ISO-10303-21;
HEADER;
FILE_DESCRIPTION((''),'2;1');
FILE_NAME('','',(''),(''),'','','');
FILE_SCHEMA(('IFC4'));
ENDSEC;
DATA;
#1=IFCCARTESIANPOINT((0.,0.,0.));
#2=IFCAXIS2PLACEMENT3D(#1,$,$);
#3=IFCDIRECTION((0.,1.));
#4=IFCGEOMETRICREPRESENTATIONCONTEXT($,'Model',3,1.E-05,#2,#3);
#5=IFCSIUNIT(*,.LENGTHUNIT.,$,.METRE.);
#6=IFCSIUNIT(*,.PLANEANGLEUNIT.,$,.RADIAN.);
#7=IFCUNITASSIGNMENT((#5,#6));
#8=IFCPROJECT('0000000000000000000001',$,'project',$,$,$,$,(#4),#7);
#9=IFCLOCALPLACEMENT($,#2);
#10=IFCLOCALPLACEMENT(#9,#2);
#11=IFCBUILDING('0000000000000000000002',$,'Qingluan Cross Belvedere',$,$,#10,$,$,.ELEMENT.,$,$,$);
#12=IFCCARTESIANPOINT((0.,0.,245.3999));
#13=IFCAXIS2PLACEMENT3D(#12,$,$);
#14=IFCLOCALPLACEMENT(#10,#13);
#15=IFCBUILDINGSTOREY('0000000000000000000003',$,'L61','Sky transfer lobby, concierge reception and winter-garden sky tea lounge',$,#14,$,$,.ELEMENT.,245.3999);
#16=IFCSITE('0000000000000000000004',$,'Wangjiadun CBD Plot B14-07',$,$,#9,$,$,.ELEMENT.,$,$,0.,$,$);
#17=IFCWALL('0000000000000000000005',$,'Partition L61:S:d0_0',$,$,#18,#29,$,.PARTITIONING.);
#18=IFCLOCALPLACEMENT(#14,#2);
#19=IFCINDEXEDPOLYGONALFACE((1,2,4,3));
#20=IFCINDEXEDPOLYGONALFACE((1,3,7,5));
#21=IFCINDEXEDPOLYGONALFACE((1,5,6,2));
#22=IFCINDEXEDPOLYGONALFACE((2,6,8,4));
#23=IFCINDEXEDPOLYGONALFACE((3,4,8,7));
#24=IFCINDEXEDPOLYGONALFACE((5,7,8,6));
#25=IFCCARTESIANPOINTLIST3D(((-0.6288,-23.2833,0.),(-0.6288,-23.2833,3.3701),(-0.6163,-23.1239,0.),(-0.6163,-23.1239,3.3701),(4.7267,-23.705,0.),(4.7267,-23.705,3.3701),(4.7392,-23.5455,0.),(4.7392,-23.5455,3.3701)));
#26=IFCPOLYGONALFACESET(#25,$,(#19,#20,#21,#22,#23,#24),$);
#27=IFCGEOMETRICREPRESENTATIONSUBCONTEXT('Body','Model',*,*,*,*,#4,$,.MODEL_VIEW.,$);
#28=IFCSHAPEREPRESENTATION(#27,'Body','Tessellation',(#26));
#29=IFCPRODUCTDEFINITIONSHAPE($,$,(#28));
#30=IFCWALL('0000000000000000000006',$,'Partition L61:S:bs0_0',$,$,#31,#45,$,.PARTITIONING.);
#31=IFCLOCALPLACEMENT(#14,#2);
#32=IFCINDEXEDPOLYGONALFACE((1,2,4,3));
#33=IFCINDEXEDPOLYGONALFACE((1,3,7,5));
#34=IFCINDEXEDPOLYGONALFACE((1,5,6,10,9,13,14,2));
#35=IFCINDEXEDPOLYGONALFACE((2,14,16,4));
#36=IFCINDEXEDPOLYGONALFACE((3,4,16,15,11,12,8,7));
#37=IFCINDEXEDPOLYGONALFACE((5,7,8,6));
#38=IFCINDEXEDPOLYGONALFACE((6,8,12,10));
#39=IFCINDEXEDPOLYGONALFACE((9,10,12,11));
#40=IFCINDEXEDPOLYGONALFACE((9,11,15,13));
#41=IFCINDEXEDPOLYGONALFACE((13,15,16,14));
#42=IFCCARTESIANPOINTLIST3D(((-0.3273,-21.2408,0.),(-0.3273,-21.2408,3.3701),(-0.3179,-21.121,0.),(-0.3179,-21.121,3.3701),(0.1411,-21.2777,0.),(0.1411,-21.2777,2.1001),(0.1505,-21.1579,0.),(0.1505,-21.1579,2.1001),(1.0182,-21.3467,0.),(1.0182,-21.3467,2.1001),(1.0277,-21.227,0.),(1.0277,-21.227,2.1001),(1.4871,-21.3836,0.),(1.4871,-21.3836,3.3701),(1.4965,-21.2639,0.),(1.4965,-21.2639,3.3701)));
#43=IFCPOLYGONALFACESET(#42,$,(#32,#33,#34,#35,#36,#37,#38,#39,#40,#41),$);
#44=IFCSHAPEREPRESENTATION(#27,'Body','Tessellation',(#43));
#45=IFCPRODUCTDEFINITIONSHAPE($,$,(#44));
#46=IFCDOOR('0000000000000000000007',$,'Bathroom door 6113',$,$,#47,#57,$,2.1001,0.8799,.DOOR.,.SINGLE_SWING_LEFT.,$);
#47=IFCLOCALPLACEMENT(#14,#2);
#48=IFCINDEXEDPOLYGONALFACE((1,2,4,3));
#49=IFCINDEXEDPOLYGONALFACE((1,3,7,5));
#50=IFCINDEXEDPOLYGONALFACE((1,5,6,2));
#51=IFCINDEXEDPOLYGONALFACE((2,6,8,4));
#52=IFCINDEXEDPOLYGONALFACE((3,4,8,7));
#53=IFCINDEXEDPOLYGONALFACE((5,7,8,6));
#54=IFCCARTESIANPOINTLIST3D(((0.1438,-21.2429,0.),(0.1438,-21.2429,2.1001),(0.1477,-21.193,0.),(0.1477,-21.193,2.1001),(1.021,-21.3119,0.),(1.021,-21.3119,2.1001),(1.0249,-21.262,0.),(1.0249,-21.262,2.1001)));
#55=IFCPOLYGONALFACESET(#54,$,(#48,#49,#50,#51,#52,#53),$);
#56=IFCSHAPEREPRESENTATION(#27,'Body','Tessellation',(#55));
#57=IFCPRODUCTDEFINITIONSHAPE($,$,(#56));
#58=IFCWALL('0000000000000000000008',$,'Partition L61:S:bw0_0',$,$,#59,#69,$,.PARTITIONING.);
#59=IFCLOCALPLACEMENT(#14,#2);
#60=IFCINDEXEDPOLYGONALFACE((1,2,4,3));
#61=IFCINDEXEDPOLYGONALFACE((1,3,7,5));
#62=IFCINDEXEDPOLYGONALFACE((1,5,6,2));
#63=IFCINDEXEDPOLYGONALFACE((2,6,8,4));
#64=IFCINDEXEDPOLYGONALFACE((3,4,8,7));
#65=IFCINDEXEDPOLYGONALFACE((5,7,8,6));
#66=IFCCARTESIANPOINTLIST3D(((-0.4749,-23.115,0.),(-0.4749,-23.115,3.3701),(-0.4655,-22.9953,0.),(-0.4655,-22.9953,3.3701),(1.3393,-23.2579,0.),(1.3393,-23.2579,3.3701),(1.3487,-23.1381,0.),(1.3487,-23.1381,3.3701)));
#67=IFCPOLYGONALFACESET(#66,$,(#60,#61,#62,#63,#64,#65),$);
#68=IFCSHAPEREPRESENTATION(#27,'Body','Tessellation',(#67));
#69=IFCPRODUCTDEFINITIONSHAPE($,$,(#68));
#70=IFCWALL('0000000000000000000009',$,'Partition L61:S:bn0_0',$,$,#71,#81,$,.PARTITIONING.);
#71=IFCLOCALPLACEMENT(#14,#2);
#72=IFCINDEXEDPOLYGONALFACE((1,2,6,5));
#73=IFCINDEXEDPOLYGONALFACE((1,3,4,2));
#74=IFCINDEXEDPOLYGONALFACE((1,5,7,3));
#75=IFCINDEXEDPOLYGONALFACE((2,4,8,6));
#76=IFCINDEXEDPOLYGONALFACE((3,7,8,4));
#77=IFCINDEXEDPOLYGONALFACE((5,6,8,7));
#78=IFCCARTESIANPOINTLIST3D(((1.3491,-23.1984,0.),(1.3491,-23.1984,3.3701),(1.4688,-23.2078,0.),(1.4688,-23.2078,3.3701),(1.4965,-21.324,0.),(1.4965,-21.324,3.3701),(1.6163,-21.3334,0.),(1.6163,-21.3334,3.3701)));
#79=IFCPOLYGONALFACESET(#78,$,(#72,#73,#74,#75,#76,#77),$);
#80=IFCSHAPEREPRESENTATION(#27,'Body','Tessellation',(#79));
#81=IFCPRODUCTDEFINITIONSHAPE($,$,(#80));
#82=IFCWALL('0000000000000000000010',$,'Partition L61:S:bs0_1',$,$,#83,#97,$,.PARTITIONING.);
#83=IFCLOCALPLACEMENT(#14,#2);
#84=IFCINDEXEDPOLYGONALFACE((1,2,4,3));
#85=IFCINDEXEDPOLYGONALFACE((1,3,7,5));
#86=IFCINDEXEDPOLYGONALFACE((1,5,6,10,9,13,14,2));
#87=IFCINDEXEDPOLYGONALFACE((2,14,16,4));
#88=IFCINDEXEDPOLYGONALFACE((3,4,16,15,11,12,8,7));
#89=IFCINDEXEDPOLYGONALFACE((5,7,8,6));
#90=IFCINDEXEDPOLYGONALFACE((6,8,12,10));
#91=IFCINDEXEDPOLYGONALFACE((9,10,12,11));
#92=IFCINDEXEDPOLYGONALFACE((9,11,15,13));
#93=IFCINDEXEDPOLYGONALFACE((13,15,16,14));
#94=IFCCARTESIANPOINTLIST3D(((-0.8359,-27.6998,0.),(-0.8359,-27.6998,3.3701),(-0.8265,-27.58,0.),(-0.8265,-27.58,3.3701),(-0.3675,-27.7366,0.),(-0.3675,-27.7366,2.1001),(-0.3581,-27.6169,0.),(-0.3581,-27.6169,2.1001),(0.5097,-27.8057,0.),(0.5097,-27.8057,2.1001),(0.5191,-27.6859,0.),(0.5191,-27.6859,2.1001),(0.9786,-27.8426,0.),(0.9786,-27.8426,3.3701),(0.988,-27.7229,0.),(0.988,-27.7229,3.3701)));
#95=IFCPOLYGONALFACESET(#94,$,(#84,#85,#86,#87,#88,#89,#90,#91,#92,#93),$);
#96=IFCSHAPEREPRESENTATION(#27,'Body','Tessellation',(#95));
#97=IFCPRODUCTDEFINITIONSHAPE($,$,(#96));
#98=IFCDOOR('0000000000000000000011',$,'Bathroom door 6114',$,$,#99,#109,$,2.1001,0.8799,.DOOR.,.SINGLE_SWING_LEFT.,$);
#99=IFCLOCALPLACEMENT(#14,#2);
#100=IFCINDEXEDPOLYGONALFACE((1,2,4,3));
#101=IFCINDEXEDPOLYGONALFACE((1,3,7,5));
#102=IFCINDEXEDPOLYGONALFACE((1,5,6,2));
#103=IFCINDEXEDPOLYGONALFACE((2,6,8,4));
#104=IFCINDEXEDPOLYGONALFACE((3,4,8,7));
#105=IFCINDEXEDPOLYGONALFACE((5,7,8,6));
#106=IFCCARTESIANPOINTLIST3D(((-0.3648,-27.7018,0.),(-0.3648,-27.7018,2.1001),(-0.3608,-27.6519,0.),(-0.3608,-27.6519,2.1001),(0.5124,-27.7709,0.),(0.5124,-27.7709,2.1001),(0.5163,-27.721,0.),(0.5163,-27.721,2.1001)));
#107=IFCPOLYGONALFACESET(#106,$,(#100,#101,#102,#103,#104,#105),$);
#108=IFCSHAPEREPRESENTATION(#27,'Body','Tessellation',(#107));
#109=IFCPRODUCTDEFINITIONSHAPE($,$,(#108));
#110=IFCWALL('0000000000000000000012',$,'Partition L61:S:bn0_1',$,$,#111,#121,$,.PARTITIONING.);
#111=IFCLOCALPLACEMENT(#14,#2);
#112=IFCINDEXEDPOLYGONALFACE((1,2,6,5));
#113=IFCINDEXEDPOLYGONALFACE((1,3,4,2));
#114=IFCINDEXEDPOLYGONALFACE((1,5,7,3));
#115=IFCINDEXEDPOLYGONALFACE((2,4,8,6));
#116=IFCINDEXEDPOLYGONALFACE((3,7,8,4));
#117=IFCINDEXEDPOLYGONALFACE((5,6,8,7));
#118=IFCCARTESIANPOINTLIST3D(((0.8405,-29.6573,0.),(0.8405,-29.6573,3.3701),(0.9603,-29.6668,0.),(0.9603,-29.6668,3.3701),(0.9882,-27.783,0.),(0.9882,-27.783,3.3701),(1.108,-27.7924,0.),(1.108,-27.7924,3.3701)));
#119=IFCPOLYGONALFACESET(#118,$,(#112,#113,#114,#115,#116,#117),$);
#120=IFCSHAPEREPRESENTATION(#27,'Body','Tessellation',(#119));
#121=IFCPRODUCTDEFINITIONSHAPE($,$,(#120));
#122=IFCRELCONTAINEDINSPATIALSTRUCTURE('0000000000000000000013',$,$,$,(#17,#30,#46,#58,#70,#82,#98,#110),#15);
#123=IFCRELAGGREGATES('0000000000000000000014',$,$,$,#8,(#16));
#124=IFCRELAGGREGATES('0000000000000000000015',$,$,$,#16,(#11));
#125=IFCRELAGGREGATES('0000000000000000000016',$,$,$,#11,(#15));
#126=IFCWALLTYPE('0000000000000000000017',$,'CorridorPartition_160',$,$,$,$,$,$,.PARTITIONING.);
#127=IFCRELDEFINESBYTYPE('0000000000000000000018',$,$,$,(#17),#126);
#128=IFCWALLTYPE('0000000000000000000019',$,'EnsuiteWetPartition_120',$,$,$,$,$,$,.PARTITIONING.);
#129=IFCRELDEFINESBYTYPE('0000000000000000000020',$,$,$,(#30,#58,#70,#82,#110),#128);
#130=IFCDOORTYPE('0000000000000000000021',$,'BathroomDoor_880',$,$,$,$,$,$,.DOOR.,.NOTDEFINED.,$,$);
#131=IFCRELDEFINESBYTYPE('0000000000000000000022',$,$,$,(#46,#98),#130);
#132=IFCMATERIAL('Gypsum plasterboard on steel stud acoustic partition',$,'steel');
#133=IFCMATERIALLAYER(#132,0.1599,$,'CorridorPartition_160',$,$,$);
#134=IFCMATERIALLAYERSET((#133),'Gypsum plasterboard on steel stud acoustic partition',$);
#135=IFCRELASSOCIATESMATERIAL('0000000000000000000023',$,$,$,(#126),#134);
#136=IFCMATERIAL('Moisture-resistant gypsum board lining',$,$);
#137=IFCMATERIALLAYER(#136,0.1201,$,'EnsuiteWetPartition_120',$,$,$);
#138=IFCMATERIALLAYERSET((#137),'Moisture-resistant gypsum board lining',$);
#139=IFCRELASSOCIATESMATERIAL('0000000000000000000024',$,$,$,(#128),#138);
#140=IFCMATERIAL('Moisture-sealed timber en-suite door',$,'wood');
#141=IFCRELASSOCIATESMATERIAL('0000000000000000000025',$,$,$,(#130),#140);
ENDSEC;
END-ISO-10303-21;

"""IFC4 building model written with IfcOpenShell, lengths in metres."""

from ifc_helpers import new_model, si_unit, direction, frame, frame_2d, origin, place, context, subcontext, project, spatial, rectangle, extrude, material, layer, layer_set, type_object, element, fill, save


model = new_model("IFC4")

# Units and contexts
model_context = context("Model", 3, precision=1e-05, world=origin(), true_north=direction((0.0, 1.0)))
body_context = subcontext(model_context, "Body", "Model", "MODEL_VIEW")
ifc_project = project(units=[si_unit("LENGTHUNIT", "METRE"), si_unit("PLANEANGLEUNIT", "RADIAN")], contexts=[model_context])

# Site, building, storey
site_placement = place(None, origin())
site = spatial("IfcSite", under=ifc_project, at=site_placement, Name="Wangjiadun CBD Plot B14-07", CompositionType="ELEMENT", RefElevation=0.0)
building_placement = place(site_placement, origin())
building = spatial("IfcBuilding", under=site, at=building_placement, Name="Qingluan Cross Belvedere", CompositionType="ELEMENT")
storey_placement = place(building_placement, frame((0.0, 0.0, 245.3999)))
storey = spatial("IfcBuildingStorey", under=building, at=storey_placement, Name="L61", Description="Sky transfer lobby, concierge reception and winter-garden sky tea lounge", CompositionType="ELEMENT", Elevation=245.3999)

# Wall
ifc_material_1 = material(Name="Gypsum plasterboard on steel stud acoustic partition", Category="steel")
ifc_layer_1 = layer(ifc_material_1, 0.1599, Name="CorridorPartition_160")
ifc_layer_set_1 = layer_set([ifc_layer_1], Name="Gypsum plasterboard on steel stud acoustic partition")
wall_type_1 = type_object("IfcWallType", Name="CorridorPartition_160", PredefinedType="PARTITIONING", material=ifc_layer_set_1)
wall_1_placement = place(storey_placement, frame((-0.6226, -23.2036, 0.0), z_axis=(0.0, 0.0, 1.0), x_axis=(0.996915, -0.078486, 0.0)))
element("IfcWall", 1, at=wall_1_placement, inside=storey, type_object=wall_type_1, Name="Partition L61:S:d0_0", PredefinedType="PARTITIONING", context=body_context, shape_type="SweptSolid", body=[
    extrude(rectangle(XDim=5.3721, YDim=0.1599, at=frame_2d((2.686, 0.0))), origin(), (0.0, 0.0, 1.0), 3.3701),
])

# Wall, opening, door
ifc_material_2 = material(Name="Moisture-resistant gypsum board lining")
ifc_layer_2 = layer(ifc_material_2, 0.1201, Name="EnsuiteWetPartition_120")
ifc_layer_set_2 = layer_set([ifc_layer_2], Name="Moisture-resistant gypsum board lining")
wall_type_2 = type_object("IfcWallType", Name="EnsuiteWetPartition_120", PredefinedType="PARTITIONING", material=ifc_layer_set_2)
wall_2_placement = place(storey_placement, frame((-0.3228, -21.1809, 0.0), z_axis=(0.0, 0.0, 1.0), x_axis=(0.996916, -0.078471, 0.0)))
wall_2 = element("IfcWall", 2, at=wall_2_placement, inside=storey, type_object=wall_type_2, Name="Partition L61:S:bs0_0", PredefinedType="PARTITIONING", context=body_context, shape_type="SweptSolid", body=[
    extrude(rectangle(XDim=1.8201, YDim=0.1201, at=frame_2d((0.9102, 0.0))), origin(), (0.0, 0.0, 1.0), 3.3701),
])
opening_1_placement = place(wall_2_placement, frame((0.47, 0.0, 0.0)))
opening_1 = element("IfcOpeningElement", 3, at=opening_1_placement, cuts=wall_2, PredefinedType="OPENING", context=body_context, shape_type="SweptSolid", body=[
    extrude(rectangle(XDim=0.8799, YDim=2.1001, at=frame_2d((0.4399, 1.05))), frame((0.0, 0.0701, 0.0), z_axis=(0.0, -1.0, 0.0), x_axis=(1.0, 0.0, 0.0)), (0.0, 0.0, 1.0), 0.1401),
])
ifc_material_3 = material(Name="Moisture-sealed timber en-suite door", Category="wood")
door_type = type_object("IfcDoorType", Name="BathroomDoor_880", OperationType="NOTDEFINED", PredefinedType="DOOR", material=ifc_material_3)
door_1_placement = place(opening_1_placement, origin())
door_1 = element("IfcDoor", 4, at=door_1_placement, inside=storey, type_object=door_type, Name="Bathroom door 6113", OperationType="SINGLE_SWING_LEFT", OverallHeight=2.1001, OverallWidth=0.8799, PredefinedType="DOOR", context=body_context, shape_type="SweptSolid", body=[
    extrude(rectangle(XDim=0.8799, YDim=2.1001, at=frame_2d((0.4399, 1.05))), frame((0.0, 0.0249, 0.0), z_axis=(0.0, -1.0, 0.0), x_axis=(1.0, 0.0, 0.0)), (0.0, 0.0, 1.0), 0.05),
])
fill(opening_1, door_1)

# Walls
wall_3_placement = place(storey_placement, frame((-0.4702, -23.0552, 0.0), z_axis=(0.0, 0.0, 1.0), x_axis=(0.996916, -0.078481, 0.0)))
element("IfcWall", 5, at=wall_3_placement, inside=storey, type_object=wall_type_2, Name="Partition L61:S:bw0_0", PredefinedType="PARTITIONING", context=body_context, shape_type="SweptSolid", body=[
    extrude(rectangle(XDim=1.8198, YDim=0.1201, at=frame_2d((0.9099, 0.0))), origin(), (0.0, 0.0, 1.0), 3.3701),
])
wall_4_placement = place(storey_placement, frame((1.5564, -21.3289, 0.0), z_axis=(0.0, 0.0, 1.0), x_axis=(-0.078434, -0.996919, 0.0)))
element("IfcWall", 6, at=wall_4_placement, inside=storey, type_object=wall_type_2, Name="Partition L61:S:bn0_0", PredefinedType="PARTITIONING", context=body_context, shape_type="SweptSolid", body=[
    extrude(rectangle(XDim=1.8801, YDim=0.1201, at=frame_2d((0.9399, 0.0))), origin(), (0.0, 0.0, 1.0), 3.3701),
])

# Wall, opening, door
wall_5_placement = place(storey_placement, frame((-0.8313, -27.6399, 0.0), z_axis=(0.0, 0.0, 1.0), x_axis=(0.996916, -0.078471, 0.0)))
wall_5 = element("IfcWall", 7, at=wall_5_placement, inside=storey, type_object=wall_type_2, Name="Partition L61:S:bs0_1", PredefinedType="PARTITIONING", context=body_context, shape_type="SweptSolid", body=[
    extrude(rectangle(XDim=1.8201, YDim=0.1201, at=frame_2d((0.9102, 0.0))), origin(), (0.0, 0.0, 1.0), 3.3701),
])
opening_2_placement = place(wall_5_placement, frame((0.47, 0.0, 0.0)))
opening_2 = element("IfcOpeningElement", 8, at=opening_2_placement, cuts=wall_5, PredefinedType="OPENING", context=body_context, shape_type="SweptSolid", body=[
    extrude(rectangle(XDim=0.8799, YDim=2.1001, at=frame_2d((0.4399, 1.05))), frame((0.0, 0.0701, 0.0), z_axis=(0.0, -1.0, 0.0), x_axis=(1.0, 0.0, 0.0)), (0.0, 0.0, 1.0), 0.1401),
])
door_2_placement = place(opening_2_placement, origin())
door_2 = element("IfcDoor", 9, at=door_2_placement, inside=storey, type_object=door_type, Name="Bathroom door 6114", OperationType="SINGLE_SWING_LEFT", OverallHeight=2.1001, OverallWidth=0.8799, PredefinedType="DOOR", context=body_context, shape_type="SweptSolid", body=[
    extrude(rectangle(XDim=0.8799, YDim=2.1001, at=frame_2d((0.4399, 1.05))), frame((0.0, 0.0249, 0.0), z_axis=(0.0, -1.0, 0.0), x_axis=(1.0, 0.0, 0.0)), (0.0, 0.0, 1.0), 0.05),
])
fill(opening_2, door_2)

# Wall
wall_6_placement = place(storey_placement, frame((1.0481, -27.7878, 0.0), z_axis=(0.0, 0.0, 1.0), x_axis=(-0.078563, -0.996909, 0.0)))
element("IfcWall", 10, at=wall_6_placement, inside=storey, type_object=wall_type_2, Name="Partition L61:S:bn0_1", PredefinedType="PARTITIONING", context=body_context, shape_type="SweptSolid", body=[
    extrude(rectangle(XDim=1.8801, YDim=0.1201, at=frame_2d((0.9399, 0.0))), origin(), (0.0, 0.0, 1.0), 3.3701),
])

save(model, "model.ifc")
